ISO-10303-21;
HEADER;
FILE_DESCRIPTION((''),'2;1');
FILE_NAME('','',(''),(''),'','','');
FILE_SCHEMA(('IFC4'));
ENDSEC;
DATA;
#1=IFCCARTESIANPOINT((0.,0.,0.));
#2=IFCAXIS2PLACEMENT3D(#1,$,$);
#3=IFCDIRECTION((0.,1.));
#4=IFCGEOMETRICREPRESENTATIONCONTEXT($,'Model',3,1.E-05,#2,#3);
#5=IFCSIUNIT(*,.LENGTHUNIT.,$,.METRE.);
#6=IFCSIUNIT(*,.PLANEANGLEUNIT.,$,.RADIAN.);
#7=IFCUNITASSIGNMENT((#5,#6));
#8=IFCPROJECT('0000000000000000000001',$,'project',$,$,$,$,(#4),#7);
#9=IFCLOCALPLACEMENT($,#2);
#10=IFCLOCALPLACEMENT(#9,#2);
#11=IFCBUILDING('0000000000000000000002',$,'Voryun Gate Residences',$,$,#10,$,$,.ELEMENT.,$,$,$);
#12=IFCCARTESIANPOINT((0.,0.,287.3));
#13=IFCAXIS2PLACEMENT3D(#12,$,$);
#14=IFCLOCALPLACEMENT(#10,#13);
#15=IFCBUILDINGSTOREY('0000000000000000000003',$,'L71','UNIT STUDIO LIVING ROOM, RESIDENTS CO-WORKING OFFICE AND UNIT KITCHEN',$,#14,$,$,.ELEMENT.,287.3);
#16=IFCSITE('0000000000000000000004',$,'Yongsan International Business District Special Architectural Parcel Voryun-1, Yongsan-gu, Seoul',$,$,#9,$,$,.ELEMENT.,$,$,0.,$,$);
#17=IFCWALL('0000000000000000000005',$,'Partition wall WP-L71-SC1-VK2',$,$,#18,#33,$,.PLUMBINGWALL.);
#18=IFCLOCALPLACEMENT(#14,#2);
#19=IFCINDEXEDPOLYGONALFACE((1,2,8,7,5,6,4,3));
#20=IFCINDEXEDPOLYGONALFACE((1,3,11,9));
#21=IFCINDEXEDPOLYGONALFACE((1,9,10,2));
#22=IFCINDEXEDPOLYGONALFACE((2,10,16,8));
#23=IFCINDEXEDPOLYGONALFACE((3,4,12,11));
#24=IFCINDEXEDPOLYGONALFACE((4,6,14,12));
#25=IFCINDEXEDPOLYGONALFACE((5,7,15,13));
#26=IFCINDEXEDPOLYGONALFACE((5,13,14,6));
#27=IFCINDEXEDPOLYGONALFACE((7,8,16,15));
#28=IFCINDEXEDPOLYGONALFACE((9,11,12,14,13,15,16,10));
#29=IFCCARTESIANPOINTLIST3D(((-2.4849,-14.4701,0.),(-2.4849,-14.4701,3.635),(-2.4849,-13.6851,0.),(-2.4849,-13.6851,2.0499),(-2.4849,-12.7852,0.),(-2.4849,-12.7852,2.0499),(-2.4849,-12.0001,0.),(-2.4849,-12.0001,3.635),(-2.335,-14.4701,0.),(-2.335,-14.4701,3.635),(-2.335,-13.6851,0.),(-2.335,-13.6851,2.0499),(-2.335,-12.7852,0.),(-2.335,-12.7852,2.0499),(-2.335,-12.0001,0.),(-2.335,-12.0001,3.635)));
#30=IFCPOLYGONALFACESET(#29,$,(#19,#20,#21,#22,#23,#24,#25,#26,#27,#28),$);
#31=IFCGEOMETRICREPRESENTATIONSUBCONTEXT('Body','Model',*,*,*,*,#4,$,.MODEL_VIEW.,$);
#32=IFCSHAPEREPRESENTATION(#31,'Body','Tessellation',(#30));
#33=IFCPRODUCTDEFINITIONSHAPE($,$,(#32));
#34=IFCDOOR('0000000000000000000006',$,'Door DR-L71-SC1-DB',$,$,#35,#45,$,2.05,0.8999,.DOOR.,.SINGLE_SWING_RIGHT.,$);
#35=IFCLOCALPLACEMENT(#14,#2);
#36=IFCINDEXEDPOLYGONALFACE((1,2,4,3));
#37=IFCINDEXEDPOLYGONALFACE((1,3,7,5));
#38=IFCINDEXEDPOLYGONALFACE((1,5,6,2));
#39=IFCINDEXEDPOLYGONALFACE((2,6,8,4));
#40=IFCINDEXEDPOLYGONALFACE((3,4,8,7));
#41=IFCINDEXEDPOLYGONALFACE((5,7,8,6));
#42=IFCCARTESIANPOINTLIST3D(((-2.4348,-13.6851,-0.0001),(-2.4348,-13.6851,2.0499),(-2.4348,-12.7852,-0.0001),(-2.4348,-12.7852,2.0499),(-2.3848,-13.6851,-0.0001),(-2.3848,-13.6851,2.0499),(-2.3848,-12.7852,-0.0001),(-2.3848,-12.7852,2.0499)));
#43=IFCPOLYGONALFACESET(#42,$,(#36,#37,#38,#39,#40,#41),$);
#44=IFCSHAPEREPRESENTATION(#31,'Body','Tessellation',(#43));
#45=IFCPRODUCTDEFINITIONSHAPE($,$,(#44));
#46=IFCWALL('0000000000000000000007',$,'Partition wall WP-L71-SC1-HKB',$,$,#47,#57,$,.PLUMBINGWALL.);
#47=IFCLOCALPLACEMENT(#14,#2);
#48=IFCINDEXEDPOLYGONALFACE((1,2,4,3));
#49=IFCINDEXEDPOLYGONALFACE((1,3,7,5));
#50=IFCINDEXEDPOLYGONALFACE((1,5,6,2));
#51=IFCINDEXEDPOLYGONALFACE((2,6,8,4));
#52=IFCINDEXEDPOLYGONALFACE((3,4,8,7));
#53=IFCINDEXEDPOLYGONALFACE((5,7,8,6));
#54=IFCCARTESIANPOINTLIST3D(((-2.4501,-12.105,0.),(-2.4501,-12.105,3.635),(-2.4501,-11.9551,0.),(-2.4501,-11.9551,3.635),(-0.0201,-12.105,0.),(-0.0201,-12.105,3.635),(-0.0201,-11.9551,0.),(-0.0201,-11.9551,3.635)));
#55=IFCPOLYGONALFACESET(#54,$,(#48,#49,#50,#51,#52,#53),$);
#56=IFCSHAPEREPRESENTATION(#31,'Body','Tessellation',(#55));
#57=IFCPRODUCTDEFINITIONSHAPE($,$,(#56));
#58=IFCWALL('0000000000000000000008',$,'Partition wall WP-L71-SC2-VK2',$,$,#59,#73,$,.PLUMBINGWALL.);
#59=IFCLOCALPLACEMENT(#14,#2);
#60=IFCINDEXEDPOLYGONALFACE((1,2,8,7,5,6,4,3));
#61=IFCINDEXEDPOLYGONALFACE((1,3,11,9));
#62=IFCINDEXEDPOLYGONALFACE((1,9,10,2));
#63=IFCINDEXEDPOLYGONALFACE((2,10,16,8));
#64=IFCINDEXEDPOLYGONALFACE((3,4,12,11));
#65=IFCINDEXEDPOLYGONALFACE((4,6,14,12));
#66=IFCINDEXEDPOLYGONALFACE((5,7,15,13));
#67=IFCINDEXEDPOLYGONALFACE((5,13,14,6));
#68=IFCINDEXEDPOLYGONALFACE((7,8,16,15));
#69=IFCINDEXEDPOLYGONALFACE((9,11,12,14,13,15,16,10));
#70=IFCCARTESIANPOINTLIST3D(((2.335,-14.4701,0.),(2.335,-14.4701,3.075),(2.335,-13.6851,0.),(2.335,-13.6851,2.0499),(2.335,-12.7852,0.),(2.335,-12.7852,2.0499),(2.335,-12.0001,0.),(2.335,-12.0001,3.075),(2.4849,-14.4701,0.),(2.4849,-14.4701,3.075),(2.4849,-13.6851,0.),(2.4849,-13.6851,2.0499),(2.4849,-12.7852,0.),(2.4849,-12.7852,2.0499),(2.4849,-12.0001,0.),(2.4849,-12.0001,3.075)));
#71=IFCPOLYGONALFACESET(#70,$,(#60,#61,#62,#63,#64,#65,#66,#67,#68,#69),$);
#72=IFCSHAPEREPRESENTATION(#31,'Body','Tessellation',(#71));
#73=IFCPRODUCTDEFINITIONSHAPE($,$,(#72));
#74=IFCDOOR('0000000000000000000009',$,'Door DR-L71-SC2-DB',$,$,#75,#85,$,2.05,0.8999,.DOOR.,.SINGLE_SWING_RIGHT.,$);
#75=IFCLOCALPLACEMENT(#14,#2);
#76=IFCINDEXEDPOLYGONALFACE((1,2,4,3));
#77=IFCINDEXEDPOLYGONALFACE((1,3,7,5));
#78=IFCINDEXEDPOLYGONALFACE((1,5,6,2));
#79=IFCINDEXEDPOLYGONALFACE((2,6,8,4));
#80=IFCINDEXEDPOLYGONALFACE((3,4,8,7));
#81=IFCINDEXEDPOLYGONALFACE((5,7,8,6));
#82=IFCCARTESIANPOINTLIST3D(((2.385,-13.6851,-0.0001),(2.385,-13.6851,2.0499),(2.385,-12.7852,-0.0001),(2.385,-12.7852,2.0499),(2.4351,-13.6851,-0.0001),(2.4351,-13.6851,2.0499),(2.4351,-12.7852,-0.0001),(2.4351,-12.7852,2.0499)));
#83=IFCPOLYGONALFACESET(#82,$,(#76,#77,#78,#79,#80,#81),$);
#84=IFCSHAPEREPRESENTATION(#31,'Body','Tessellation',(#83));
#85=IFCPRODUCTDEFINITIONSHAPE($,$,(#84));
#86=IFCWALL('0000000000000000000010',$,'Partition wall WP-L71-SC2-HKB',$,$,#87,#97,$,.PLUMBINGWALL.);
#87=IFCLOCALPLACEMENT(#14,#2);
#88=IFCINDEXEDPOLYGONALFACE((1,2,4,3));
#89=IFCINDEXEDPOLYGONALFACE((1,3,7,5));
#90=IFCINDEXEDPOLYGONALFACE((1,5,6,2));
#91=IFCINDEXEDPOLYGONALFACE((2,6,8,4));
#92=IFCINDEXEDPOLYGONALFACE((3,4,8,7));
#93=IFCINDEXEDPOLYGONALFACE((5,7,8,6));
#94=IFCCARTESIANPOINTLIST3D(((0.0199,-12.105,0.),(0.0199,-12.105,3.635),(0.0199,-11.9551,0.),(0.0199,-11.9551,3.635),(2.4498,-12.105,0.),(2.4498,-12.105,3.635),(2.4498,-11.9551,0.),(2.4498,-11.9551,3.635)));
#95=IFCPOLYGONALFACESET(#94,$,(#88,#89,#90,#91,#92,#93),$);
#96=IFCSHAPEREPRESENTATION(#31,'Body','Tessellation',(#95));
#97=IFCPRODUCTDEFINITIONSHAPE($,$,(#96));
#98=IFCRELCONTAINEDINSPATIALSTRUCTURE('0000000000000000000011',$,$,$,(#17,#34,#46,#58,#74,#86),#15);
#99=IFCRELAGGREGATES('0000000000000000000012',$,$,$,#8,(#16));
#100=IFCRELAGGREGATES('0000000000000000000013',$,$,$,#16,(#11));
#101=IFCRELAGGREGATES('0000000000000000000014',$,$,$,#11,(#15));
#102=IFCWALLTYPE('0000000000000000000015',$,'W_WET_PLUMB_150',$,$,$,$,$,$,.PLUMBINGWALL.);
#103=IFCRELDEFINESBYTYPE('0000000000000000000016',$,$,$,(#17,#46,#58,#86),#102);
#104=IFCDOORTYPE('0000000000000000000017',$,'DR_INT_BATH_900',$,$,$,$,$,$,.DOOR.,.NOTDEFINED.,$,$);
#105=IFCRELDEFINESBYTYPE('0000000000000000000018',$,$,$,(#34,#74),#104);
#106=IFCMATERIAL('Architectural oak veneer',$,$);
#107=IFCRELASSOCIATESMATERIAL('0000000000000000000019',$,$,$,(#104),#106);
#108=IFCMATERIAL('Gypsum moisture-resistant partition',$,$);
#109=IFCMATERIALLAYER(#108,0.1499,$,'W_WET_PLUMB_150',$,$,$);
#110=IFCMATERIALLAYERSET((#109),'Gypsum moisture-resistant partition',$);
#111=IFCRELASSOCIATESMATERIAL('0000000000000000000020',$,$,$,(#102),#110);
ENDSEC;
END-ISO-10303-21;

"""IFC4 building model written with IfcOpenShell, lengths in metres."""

from ifc_helpers import new_model, si_unit, direction, frame, frame_2d, origin, place, context, subcontext, project, spatial, rectangle, extrude, material, layer, layer_set, type_object, element, fill, save


model = new_model("IFC4")

# Units and contexts
model_context = context("Model", 3, precision=1e-05, world=origin(), true_north=direction((0.0, 1.0)))
body_context = subcontext(model_context, "Body", "Model", "MODEL_VIEW")
ifc_project = project(units=[si_unit("LENGTHUNIT", "METRE"), si_unit("PLANEANGLEUNIT", "RADIAN")], contexts=[model_context])

# Site, building, storey
site_placement = place(None, origin())
site = spatial("IfcSite", under=ifc_project, at=site_placement, Name="Yongsan International Business District Special Architectural Parcel Voryun-1, Yongsan-gu, Seoul", CompositionType="ELEMENT", RefElevation=0.0)
building_placement = place(site_placement, origin())
building = spatial("IfcBuilding", under=site, at=building_placement, Name="Voryun Gate Residences", CompositionType="ELEMENT")
storey_placement = place(building_placement, frame((0.0, 0.0, 287.3)))
storey = spatial("IfcBuildingStorey", under=building, at=storey_placement, Name="L71", Description="UNIT STUDIO LIVING ROOM, RESIDENTS CO-WORKING OFFICE AND UNIT KITCHEN", CompositionType="ELEMENT", Elevation=287.3)

# Shared definitions
ifc_material_1 = material(Name="Architectural oak veneer")
door_type_1 = type_object("IfcDoorType", Name="DR_INT_BATH_900", OperationType="NOTDEFINED", PredefinedType="DOOR", material=ifc_material_1)

# Wall, opening, door
ifc_material_2 = material(Name="Gypsum moisture-resistant partition")
ifc_layer_1 = layer(ifc_material_2, 0.1499, Name="W_WET_PLUMB_150")
ifc_layer_set_1 = layer_set([ifc_layer_1], Name="Gypsum moisture-resistant partition")
wall_type_1 = type_object("IfcWallType", Name="W_WET_PLUMB_150", PredefinedType="PLUMBINGWALL", material=ifc_layer_set_1)
wall_1_placement = place(storey_placement, frame((-2.4099, -14.47, 0.0), z_axis=(0.0, 0.0, 1.0), x_axis=(0.0, 1.0, 0.0)))
wall_1 = element("IfcWall", 1, at=wall_1_placement, inside=storey, type_object=wall_type_1, Name="Partition wall WP-L71-SC1-VK2", PredefinedType="PLUMBINGWALL", context=body_context, shape_type="SweptSolid", body=[
    extrude(rectangle(XDim=2.47, YDim=0.1499, at=frame_2d((1.2349, 0.0))), origin(), (0.0, 0.0, 1.0), 3.635),
])
opening_1_placement = place(wall_1_placement, frame((0.7849, 0.0, 0.0)))
opening_1 = element("IfcOpeningElement", 2, at=opening_1_placement, cuts=wall_1, PredefinedType="OPENING", context=body_context, shape_type="SweptSolid", body=[
    extrude(rectangle(XDim=0.8999, YDim=2.05, at=frame_2d((0.45, 1.0249))), frame((0.0, 0.085, 0.0), z_axis=(0.0, -1.0, 0.0), x_axis=(1.0, 0.0, 0.0)), (0.0, 0.0, 1.0), 0.1699),
])
door_1_placement = place(opening_1_placement, origin())
door_1 = element("IfcDoor", 3, at=door_1_placement, inside=storey, type_object=door_type_1, Name="Door DR-L71-SC1-DB", OperationType="SINGLE_SWING_RIGHT", OverallHeight=2.05, OverallWidth=0.8999, PredefinedType="DOOR", context=body_context, shape_type="SweptSolid", body=[
    extrude(rectangle(XDim=0.8999, YDim=2.05, at=frame_2d((0.45, 1.0249))), frame((0.0, 0.0249, 0.0), z_axis=(0.0, -1.0, 0.0), x_axis=(1.0, 0.0, 0.0)), (0.0, 0.0, 1.0), 0.05),
])
fill(opening_1, door_1)

# Wall
wall_2_placement = place(storey_placement, frame((-2.45, -12.03, 0.0), z_axis=(0.0, 0.0, 1.0), x_axis=(1.0, 0.0, 0.0)))
element("IfcWall", 4, at=wall_2_placement, inside=storey, type_object=wall_type_1, Name="Partition wall WP-L71-SC1-HKB", PredefinedType="PLUMBINGWALL", context=body_context, shape_type="SweptSolid", body=[
    extrude(rectangle(XDim=2.4299, YDim=0.1499, at=frame_2d((1.2148, 0.0))), origin(), (0.0, 0.0, 1.0), 3.635),
])

# Wall, opening, door
wall_3_placement = place(storey_placement, frame((2.4099, -14.47, 0.0), z_axis=(0.0, 0.0, 1.0), x_axis=(0.0, 1.0, 0.0)))
wall_3 = element("IfcWall", 5, at=wall_3_placement, inside=storey, type_object=wall_type_1, Name="Partition wall WP-L71-SC2-VK2", PredefinedType="PLUMBINGWALL", context=body_context, shape_type="SweptSolid", body=[
    extrude(rectangle(XDim=2.47, YDim=0.1499, at=frame_2d((1.2349, 0.0))), origin(), (0.0, 0.0, 1.0), 3.075),
])
opening_2_placement = place(wall_3_placement, frame((0.7849, 0.0, 0.0)))
opening_2 = element("IfcOpeningElement", 6, at=opening_2_placement, cuts=wall_3, PredefinedType="OPENING", context=body_context, shape_type="SweptSolid", body=[
    extrude(rectangle(XDim=0.8999, YDim=2.05, at=frame_2d((0.45, 1.0249))), frame((0.0, 0.085, 0.0), z_axis=(0.0, -1.0, 0.0), x_axis=(1.0, 0.0, 0.0)), (0.0, 0.0, 1.0), 0.1699),
])
door_2_placement = place(opening_2_placement, origin())
door_2 = element("IfcDoor", 7, at=door_2_placement, inside=storey, type_object=door_type_1, Name="Door DR-L71-SC2-DB", OperationType="SINGLE_SWING_RIGHT", OverallHeight=2.05, OverallWidth=0.8999, PredefinedType="DOOR", context=body_context, shape_type="SweptSolid", body=[
    extrude(rectangle(XDim=0.8999, YDim=2.05, at=frame_2d((0.45, 1.0249))), frame((0.0, 0.0249, 0.0), z_axis=(0.0, -1.0, 0.0), x_axis=(1.0, 0.0, 0.0)), (0.0, 0.0, 1.0), 0.05),
])
fill(opening_2, door_2)

# Wall
wall_4_placement = place(storey_placement, frame((0.02, -12.03, 0.0), z_axis=(0.0, 0.0, 1.0), x_axis=(1.0, 0.0, 0.0)))
element("IfcWall", 8, at=wall_4_placement, inside=storey, type_object=wall_type_1, Name="Partition wall WP-L71-SC2-HKB", PredefinedType="PLUMBINGWALL", context=body_context, shape_type="SweptSolid", body=[
    extrude(rectangle(XDim=2.4299, YDim=0.1499, at=frame_2d((1.2148, 0.0))), origin(), (0.0, 0.0, 1.0), 3.635),
])

save(model, "model.ifc")
